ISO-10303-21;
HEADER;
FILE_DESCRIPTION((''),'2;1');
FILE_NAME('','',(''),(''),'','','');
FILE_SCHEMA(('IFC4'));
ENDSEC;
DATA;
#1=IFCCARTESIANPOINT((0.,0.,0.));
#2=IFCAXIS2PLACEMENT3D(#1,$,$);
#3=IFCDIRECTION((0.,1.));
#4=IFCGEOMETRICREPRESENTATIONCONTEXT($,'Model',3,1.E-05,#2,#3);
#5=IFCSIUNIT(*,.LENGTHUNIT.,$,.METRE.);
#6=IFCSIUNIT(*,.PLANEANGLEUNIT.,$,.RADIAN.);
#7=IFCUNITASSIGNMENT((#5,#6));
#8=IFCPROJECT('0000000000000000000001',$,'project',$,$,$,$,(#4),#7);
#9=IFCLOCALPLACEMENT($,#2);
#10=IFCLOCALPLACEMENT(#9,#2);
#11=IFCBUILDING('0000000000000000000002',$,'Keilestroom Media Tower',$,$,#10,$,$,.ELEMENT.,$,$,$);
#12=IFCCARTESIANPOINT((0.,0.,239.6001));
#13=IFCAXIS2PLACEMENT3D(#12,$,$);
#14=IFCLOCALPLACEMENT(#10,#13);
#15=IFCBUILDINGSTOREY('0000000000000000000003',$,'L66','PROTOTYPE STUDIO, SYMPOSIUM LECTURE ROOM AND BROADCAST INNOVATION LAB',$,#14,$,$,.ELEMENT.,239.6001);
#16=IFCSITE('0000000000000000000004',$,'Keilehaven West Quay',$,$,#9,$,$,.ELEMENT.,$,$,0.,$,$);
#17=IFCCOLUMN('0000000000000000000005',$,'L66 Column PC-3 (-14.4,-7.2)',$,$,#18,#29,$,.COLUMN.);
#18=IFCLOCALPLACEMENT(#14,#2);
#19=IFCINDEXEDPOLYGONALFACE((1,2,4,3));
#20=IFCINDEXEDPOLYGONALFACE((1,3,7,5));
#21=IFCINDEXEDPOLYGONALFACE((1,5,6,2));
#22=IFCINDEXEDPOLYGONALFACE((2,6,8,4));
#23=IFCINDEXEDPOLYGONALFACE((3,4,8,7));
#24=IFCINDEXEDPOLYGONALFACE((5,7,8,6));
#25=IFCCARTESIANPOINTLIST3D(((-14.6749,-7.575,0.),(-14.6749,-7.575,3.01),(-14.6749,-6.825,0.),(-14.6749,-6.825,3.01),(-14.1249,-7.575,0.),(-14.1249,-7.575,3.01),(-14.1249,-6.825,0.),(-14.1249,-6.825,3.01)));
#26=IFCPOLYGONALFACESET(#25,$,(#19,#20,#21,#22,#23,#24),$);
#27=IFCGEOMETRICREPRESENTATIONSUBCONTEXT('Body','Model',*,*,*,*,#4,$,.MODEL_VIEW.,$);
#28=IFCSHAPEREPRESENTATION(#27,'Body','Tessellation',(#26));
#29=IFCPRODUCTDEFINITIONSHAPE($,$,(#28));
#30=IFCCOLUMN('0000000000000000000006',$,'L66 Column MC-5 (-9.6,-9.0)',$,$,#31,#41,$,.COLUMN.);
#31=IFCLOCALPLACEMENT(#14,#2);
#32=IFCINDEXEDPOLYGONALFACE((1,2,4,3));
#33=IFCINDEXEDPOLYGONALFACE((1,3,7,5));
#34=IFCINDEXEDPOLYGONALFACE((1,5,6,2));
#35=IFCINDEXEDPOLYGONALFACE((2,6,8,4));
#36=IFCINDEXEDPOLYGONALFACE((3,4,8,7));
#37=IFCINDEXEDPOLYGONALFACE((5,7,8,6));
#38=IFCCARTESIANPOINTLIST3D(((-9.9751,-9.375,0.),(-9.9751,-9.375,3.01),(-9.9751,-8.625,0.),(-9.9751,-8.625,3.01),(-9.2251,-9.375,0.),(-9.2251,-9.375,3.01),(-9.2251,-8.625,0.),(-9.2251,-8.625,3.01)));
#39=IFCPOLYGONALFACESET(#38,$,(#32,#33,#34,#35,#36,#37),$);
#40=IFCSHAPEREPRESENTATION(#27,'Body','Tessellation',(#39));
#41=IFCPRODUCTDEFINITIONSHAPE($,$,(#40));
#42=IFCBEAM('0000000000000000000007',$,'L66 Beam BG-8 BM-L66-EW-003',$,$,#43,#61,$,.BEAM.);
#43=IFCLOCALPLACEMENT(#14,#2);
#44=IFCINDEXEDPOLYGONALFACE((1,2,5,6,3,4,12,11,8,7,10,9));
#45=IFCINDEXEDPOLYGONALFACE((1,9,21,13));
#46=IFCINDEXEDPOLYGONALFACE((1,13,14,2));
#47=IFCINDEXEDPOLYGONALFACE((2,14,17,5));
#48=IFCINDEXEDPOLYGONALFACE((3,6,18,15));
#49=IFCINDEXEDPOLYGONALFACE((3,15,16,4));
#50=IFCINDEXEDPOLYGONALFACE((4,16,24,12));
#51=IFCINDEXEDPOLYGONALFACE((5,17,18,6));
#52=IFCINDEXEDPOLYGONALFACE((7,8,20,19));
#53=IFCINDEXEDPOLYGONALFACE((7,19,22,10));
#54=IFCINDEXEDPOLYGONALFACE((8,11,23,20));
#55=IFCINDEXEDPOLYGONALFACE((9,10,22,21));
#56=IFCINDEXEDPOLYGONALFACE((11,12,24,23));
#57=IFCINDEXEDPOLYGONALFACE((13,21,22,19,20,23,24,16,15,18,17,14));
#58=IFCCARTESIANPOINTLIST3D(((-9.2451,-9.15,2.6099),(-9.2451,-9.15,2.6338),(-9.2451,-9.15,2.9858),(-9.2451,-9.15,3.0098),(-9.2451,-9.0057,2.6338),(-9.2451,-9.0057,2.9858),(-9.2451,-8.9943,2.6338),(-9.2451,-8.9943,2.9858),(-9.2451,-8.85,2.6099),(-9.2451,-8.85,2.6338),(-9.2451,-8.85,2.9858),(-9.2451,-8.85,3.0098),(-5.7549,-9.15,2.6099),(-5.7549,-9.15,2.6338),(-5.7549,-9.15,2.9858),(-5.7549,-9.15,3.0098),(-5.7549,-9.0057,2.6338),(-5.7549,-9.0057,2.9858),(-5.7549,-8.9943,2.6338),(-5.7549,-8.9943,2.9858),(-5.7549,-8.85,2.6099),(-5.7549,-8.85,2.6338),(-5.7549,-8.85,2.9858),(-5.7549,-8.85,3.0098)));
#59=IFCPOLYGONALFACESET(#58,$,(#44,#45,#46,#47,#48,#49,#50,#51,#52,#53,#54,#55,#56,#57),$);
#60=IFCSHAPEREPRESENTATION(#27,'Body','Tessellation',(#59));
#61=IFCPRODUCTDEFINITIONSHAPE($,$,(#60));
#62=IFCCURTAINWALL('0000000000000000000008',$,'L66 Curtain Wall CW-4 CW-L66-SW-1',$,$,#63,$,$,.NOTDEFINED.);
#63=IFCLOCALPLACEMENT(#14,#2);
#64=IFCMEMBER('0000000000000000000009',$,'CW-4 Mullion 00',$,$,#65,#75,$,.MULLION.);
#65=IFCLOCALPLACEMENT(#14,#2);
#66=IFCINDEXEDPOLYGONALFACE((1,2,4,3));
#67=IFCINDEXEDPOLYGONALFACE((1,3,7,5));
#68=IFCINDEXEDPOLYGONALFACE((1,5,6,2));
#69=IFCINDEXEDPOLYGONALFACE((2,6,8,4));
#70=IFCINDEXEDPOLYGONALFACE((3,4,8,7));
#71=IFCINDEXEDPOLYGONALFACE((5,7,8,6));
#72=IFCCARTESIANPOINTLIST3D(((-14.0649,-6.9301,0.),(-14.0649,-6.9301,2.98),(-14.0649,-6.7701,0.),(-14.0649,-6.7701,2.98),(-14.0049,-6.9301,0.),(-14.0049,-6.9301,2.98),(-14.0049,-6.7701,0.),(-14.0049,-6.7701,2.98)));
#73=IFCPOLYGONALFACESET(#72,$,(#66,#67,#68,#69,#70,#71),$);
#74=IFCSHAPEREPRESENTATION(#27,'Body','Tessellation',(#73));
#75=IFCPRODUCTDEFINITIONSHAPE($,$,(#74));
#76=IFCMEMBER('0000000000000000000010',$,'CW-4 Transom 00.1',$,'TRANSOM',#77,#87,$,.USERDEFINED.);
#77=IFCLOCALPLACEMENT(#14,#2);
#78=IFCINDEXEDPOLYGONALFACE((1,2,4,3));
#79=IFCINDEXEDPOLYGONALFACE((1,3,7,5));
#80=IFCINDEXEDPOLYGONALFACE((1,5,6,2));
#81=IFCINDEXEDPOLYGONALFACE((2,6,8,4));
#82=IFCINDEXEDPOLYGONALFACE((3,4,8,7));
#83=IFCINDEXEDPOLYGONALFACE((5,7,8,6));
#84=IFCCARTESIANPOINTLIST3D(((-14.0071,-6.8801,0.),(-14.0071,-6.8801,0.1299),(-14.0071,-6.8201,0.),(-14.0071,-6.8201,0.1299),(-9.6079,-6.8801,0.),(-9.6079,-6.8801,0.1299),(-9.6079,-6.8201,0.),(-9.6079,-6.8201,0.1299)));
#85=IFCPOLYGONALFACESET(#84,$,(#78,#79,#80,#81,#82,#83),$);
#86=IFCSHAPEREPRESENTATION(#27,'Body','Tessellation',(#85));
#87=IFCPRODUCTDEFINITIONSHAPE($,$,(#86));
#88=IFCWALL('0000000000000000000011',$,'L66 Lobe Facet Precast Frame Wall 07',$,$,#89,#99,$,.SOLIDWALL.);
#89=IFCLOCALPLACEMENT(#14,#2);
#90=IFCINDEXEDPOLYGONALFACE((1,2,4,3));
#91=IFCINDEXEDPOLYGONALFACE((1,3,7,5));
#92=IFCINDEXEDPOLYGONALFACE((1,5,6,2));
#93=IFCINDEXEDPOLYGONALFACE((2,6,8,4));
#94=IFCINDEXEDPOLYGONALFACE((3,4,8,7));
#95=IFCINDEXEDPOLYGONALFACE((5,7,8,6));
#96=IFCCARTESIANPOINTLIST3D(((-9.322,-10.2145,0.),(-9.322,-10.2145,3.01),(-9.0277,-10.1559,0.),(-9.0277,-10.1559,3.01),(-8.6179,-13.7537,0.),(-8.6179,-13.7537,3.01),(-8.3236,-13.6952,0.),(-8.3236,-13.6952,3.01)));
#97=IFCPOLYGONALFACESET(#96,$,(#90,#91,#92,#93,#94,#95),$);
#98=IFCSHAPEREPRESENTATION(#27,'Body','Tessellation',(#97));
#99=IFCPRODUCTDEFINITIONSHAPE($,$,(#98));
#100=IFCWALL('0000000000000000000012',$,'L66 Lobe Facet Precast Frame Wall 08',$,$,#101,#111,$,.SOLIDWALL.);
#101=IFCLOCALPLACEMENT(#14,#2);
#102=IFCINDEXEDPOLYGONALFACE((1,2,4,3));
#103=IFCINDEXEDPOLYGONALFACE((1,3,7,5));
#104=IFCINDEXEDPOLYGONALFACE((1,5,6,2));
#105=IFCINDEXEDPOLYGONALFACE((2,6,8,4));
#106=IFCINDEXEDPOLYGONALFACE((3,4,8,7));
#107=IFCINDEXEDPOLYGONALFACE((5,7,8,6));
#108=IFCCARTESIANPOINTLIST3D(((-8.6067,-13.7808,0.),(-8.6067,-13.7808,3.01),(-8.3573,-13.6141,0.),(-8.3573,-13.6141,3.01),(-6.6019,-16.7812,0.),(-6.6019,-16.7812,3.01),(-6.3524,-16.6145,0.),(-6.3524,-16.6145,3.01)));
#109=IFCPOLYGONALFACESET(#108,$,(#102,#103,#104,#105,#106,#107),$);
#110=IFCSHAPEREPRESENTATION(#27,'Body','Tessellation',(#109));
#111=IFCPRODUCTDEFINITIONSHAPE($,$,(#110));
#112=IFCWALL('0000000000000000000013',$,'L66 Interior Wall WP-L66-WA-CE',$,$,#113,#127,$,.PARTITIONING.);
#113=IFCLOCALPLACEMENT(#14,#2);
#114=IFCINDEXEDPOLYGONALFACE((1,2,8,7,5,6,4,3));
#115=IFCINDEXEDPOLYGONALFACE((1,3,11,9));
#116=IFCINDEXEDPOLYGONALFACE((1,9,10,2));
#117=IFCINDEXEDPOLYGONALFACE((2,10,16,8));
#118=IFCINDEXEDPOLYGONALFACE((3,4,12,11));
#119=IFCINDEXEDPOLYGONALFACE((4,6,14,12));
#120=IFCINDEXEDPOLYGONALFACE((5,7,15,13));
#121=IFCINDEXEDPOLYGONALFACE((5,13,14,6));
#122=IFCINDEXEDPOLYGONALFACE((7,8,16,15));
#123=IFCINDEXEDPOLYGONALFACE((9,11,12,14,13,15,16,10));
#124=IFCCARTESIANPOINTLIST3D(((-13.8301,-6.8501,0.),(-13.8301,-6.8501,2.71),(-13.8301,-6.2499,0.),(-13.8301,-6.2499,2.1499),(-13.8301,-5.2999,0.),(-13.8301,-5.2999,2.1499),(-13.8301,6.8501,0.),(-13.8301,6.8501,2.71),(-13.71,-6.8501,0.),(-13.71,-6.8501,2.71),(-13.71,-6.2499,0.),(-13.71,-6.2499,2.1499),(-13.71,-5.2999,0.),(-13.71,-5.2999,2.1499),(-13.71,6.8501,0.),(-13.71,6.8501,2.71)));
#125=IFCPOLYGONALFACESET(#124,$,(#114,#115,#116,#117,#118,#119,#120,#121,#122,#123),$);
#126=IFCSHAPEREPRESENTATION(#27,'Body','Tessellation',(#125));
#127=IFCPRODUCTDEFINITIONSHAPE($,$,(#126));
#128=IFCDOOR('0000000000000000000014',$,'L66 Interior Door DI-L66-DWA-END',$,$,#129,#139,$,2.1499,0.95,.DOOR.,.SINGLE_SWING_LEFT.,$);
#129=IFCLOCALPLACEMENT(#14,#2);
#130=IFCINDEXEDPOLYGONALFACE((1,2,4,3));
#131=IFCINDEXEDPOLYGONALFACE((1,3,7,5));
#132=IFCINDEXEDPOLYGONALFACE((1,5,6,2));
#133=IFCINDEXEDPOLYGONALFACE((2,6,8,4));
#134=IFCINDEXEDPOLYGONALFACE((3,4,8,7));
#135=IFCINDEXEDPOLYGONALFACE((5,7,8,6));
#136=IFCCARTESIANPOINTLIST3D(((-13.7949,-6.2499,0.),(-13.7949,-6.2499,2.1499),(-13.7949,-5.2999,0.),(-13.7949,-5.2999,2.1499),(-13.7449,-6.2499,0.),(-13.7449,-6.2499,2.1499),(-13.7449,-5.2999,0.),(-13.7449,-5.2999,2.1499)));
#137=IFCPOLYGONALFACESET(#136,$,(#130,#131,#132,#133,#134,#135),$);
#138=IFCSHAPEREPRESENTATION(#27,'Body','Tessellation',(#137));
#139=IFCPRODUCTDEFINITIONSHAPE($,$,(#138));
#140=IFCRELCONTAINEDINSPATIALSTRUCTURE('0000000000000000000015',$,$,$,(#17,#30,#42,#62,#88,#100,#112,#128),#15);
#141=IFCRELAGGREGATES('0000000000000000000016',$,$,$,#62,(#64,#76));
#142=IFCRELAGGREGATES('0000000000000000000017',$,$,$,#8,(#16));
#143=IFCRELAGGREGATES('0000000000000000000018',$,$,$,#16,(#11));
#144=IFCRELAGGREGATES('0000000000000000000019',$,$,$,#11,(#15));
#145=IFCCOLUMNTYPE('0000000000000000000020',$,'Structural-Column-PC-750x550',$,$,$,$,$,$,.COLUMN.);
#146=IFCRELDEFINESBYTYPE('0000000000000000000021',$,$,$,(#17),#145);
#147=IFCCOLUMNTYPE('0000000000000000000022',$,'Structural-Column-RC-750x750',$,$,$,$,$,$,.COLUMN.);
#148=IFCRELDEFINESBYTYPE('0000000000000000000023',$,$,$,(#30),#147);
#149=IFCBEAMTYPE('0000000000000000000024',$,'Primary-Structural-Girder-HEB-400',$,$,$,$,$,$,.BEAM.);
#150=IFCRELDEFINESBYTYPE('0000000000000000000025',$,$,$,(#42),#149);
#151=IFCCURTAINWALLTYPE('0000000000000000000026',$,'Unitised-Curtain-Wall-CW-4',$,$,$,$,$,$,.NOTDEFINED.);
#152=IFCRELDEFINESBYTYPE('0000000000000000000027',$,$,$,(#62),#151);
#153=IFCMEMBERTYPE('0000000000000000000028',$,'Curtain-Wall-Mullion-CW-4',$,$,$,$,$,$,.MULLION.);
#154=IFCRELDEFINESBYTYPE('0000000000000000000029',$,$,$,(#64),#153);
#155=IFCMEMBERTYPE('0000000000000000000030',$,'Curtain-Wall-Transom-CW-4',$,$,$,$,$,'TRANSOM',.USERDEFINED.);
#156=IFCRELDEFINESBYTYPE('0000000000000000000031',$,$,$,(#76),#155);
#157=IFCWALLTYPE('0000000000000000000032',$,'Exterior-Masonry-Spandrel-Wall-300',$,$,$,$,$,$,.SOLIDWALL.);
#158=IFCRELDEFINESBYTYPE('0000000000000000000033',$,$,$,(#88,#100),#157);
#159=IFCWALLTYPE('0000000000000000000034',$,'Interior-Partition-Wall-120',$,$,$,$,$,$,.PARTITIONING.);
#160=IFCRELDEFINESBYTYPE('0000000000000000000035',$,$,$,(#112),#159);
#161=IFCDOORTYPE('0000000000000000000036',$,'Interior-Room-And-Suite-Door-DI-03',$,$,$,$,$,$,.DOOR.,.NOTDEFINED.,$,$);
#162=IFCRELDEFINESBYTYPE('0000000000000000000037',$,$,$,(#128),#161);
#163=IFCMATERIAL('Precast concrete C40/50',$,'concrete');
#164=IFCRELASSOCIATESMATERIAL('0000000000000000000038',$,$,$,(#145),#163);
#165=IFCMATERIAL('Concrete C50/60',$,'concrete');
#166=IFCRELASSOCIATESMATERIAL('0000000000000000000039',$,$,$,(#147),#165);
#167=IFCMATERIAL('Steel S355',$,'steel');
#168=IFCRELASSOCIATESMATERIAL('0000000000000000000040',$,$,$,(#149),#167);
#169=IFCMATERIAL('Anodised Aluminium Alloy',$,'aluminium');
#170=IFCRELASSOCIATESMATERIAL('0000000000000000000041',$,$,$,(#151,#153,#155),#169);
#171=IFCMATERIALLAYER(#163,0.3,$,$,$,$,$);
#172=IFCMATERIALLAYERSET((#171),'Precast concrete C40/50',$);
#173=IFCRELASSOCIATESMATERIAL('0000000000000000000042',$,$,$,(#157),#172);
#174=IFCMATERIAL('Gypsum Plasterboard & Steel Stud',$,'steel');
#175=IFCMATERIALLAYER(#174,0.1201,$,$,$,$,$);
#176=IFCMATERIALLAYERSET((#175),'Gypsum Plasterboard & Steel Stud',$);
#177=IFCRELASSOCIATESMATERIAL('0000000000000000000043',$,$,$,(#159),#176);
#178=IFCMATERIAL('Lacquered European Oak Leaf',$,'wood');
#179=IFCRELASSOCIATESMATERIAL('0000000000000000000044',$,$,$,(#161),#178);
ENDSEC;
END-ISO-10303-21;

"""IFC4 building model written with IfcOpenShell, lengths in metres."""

from ifc_helpers import new_model, si_unit, direction, frame, frame_2d, origin, origin_2d, place, context, subcontext, project, spatial, rectangle, i_section, extrude, source, transform, mapped, material, layer, layer_set, material_profile, profile_set, type_object, element, fill, aggregate, save


model = new_model("IFC4")

# Units and contexts
model_context = context("Model", 3, precision=1e-05, world=origin(), true_north=direction((0.0, 1.0)))
body_context = subcontext(model_context, "Body", "Model", "MODEL_VIEW")
ifc_project = project(units=[si_unit("LENGTHUNIT", "METRE"), si_unit("PLANEANGLEUNIT", "RADIAN")], contexts=[model_context])

# Site, building, storey
site_placement = place(None, origin())
site = spatial("IfcSite", under=ifc_project, at=site_placement, Name="Keilehaven West Quay", CompositionType="ELEMENT", RefElevation=0.0)
building_placement = place(site_placement, origin())
building = spatial("IfcBuilding", under=site, at=building_placement, Name="Keilestroom Media Tower", CompositionType="ELEMENT")
storey_placement = place(building_placement, frame((0.0, 0.0, 239.6001)))
storey = spatial("IfcBuildingStorey", under=building, at=storey_placement, Name="L66", Description="PROTOTYPE STUDIO, SYMPOSIUM LECTURE ROOM AND BROADCAST INNOVATION LAB", CompositionType="ELEMENT", Elevation=239.6001)

# Columns
ifc_material_1 = material(Name="Precast concrete C40/50", Category="concrete")
ifc_material_profile_1 = material_profile(ifc_material_1, rectangle(XDim=0.55, YDim=0.75, at=origin_2d()), Name="PC 750x550")
ifc_profile_set_1 = profile_set([ifc_material_profile_1], Name="Precast concrete C40/50")
column_type_1 = type_object("IfcColumnType", Name="Structural-Column-PC-750x550", PredefinedType="COLUMN", material=ifc_profile_set_1)
shared_shape_1 = source(origin(), body_context, "Body", "SweptSolid", [
    extrude(rectangle(XDim=0.55, YDim=0.75, at=origin_2d()), origin(), (0.0, 0.0, 1.0), 3.01),
])
column_1_placement = place(storey_placement, frame((-14.3999, -7.2, 0.0), z_axis=(0.0, 0.0, 1.0), x_axis=(1.0, 0.0, 0.0)))
element("IfcColumn", 1, at=column_1_placement, inside=storey, type_object=column_type_1, Name="L66 Column PC-3 (-14.4,-7.2)", PredefinedType="COLUMN", context=body_context, shape_type="MappedRepresentation", body=[
    mapped(shared_shape_1, transform((0.0, 0.0, 0.0), x_axis=(1.0, 0.0, 0.0), y_axis=(0.0, 1.0, 0.0), z_axis=(0.0, 0.0, 1.0), scale=1.0)),
])
ifc_material_2 = material(Name="Concrete C50/60", Category="concrete")
ifc_material_profile_2 = material_profile(ifc_material_2, rectangle(XDim=0.75, YDim=0.75, at=origin_2d()), Name="RC 750x750")
ifc_profile_set_2 = profile_set([ifc_material_profile_2], Name="Concrete C50/60")
column_type_2 = type_object("IfcColumnType", Name="Structural-Column-RC-750x750", PredefinedType="COLUMN", material=ifc_profile_set_2)
shared_shape_2 = source(origin(), body_context, "Body", "SweptSolid", [
    extrude(rectangle(XDim=0.75, YDim=0.75, at=origin_2d()), origin(), (0.0, 0.0, 1.0), 3.01),
])
column_2_placement = place(storey_placement, frame((-9.6001, -9.0, 0.0), z_axis=(0.0, 0.0, 1.0), x_axis=(1.0, 0.0, 0.0)))
element("IfcColumn", 2, at=column_2_placement, inside=storey, type_object=column_type_2, Name="L66 Column MC-5 (-9.6,-9.0)", PredefinedType="COLUMN", context=body_context, shape_type="MappedRepresentation", body=[
    mapped(shared_shape_2, transform((0.0, 0.0, 0.0), x_axis=(1.0, 0.0, 0.0), y_axis=(0.0, 1.0, 0.0), z_axis=(0.0, 0.0, 1.0), scale=1.0)),
])

# Beam
ifc_material_3 = material(Name="Steel S355", Category="steel")
ifc_material_profile_3 = material_profile(ifc_material_3, i_section(OverallWidth=0.3, OverallDepth=0.3999, WebThickness=0.0115, FlangeThickness=0.0239, at=origin_2d()), Name="HEB 400")
ifc_profile_set_3 = profile_set([ifc_material_profile_3], Name="Steel S355")
beam_type = type_object("IfcBeamType", Name="Primary-Structural-Girder-HEB-400", PredefinedType="BEAM", material=ifc_profile_set_3)
shared_shape_3 = source(origin(), body_context, "Body", "SweptSolid", [
    extrude(i_section(OverallWidth=0.3, OverallDepth=0.3999, WebThickness=0.0115, FlangeThickness=0.0239, at=origin_2d()), origin(), (0.0, 0.0, 1.0), 3.4902),
])
beam_placement = place(storey_placement, frame((-9.2451, -9.0, 2.8098), z_axis=(1.0, 0.0, 0.0), x_axis=(0.0, 1.0, 0.0)))
element("IfcBeam", 3, at=beam_placement, inside=storey, type_object=beam_type, Name="L66 Beam BG-8 BM-L66-EW-003", PredefinedType="BEAM", context=body_context, shape_type="MappedRepresentation", body=[
    mapped(shared_shape_3, transform((0.0, 0.0, 0.0), x_axis=(1.0, 0.0, 0.0), y_axis=(0.0, 1.0, 0.0), z_axis=(0.0, 0.0, 1.0), scale=1.0)),
])

# Curtain wall, members
ifc_material_4 = material(Name="Anodised Aluminium Alloy", Category="aluminium")
curtain_wall_type = type_object("IfcCurtainWallType", Name="Unitised-Curtain-Wall-CW-4", PredefinedType="NOTDEFINED", material=ifc_material_4)
curtain_wall_placement = place(storey_placement, origin())
curtain_wall = element("IfcCurtainWall", 4, at=curtain_wall_placement, inside=storey, type_object=curtain_wall_type, Name="L66 Curtain Wall CW-4 CW-L66-SW-1", PredefinedType="NOTDEFINED")
ifc_material_profile_4 = material_profile(ifc_material_4, rectangle(XDim=0.0601, YDim=0.1599, at=origin_2d()), Name="ALU MULLION 60x160")
ifc_profile_set_4 = profile_set([ifc_material_profile_4], Name="Anodised Aluminium Alloy")
member_type_1 = type_object("IfcMemberType", Name="Curtain-Wall-Mullion-CW-4", PredefinedType="MULLION", material=ifc_profile_set_4)
shared_shape_4 = source(origin(), body_context, "Body", "SweptSolid", [
    extrude(rectangle(XDim=0.0601, YDim=0.1599, at=origin_2d()), origin(), (0.0, 0.0, 1.0), 2.98),
])
member_1_placement = place(storey_placement, frame((-14.0349, -6.8501, 0.0), z_axis=(0.0, 0.0, 1.0), x_axis=(1.0, 0.0, 0.0)))
member_1 = element("IfcMember", 5, at=member_1_placement, type_object=member_type_1, Name="CW-4 Mullion 00", PredefinedType="MULLION", context=body_context, shape_type="MappedRepresentation", body=[
    mapped(shared_shape_4, transform((0.0, 0.0, 0.0), x_axis=(1.0, 0.0, 0.0), y_axis=(0.0, 1.0, 0.0), z_axis=(0.0, 0.0, 1.0), scale=1.0)),
])
ifc_material_profile_5 = material_profile(ifc_material_4, rectangle(XDim=0.0601, YDim=0.1299, at=origin_2d()), Name="ALU TRANSOM 60x130")
ifc_profile_set_5 = profile_set([ifc_material_profile_5], Name="Anodised Aluminium Alloy")
member_type_2 = type_object("IfcMemberType", Name="Curtain-Wall-Transom-CW-4", ElementType="TRANSOM", PredefinedType="USERDEFINED", material=ifc_profile_set_5)
shared_shape_5 = source(origin(), body_context, "Body", "SweptSolid", [
    extrude(rectangle(XDim=0.0601, YDim=0.1299, at=origin_2d()), origin(), (0.0, 0.0, 1.0), 4.3992),
])
member_2_placement = place(storey_placement, frame((-14.0071, -6.8501, 0.0649), z_axis=(1.0, 0.0, 0.0), x_axis=(0.0, 1.0, 0.0)))
member_2 = element("IfcMember", 6, at=member_2_placement, type_object=member_type_2, Name="CW-4 Transom 00.1", ObjectType="TRANSOM", PredefinedType="USERDEFINED", context=body_context, shape_type="MappedRepresentation", body=[
    mapped(shared_shape_5, transform((0.0, 0.0, 0.0), x_axis=(1.0, 0.0, 0.0), y_axis=(0.0, 1.0, 0.0), z_axis=(0.0, 0.0, 1.0), scale=1.0)),
])
aggregate(curtain_wall, [member_1, member_2])

# Walls
ifc_layer_1 = layer(ifc_material_1, 0.3)
ifc_layer_set_1 = layer_set([ifc_layer_1], Name="Precast concrete C40/50")
wall_type_1 = type_object("IfcWallType", Name="Exterior-Masonry-Spandrel-Wall-300", PredefinedType="SOLIDWALL", material=ifc_layer_set_1)
for number, where, z_axis, x_axis, name in (
    (7, (-9.1748, -10.1853, 0.0), (0.0, 0.0, 1.0), (0.195114, -0.980781, 0.0), "L66 Lobe Facet Precast Frame Wall 07"),
    (8, (-8.4819, -13.6975, 0.0), (0.0, 0.0, 1.0), (0.555574, -0.831467, 0.0), "L66 Lobe Facet Precast Frame Wall 08"),
):
    element("IfcWall", number, at=place(storey_placement, frame(where, z_axis=z_axis, x_axis=x_axis)), inside=storey, type_object=wall_type_1, Name=name, PredefinedType="SOLIDWALL", context=body_context, shape_type="SweptSolid", body=[
        extrude(rectangle(XDim=3.6086, YDim=0.3, at=frame_2d((1.8042, 0.0))), origin(), (0.0, 0.0, 1.0), 3.01),
    ])

# Wall, opening, door
ifc_material_5 = material(Name="Gypsum Plasterboard & Steel Stud", Category="steel")
ifc_layer_2 = layer(ifc_material_5, 0.1201)
ifc_layer_set_2 = layer_set([ifc_layer_2], Name="Gypsum Plasterboard & Steel Stud")
wall_type_2 = type_object("IfcWallType", Name="Interior-Partition-Wall-120", PredefinedType="PARTITIONING", material=ifc_layer_set_2)
wall_1_placement = place(storey_placement, frame((-13.77, -6.8501, 0.0), z_axis=(0.0, 0.0, 1.0), x_axis=(0.0, 1.0, 0.0)))
wall_1 = element("IfcWall", 9, at=wall_1_placement, inside=storey, type_object=wall_type_2, Name="L66 Interior Wall WP-L66-WA-CE", PredefinedType="PARTITIONING", context=body_context, shape_type="SweptSolid", body=[
    extrude(rectangle(XDim=13.7002, YDim=0.1201, at=frame_2d((6.8501, 0.0))), origin(), (0.0, 0.0, 1.0), 2.71),
])
opening_1_placement = place(wall_1_placement, frame((0.6001, 0.0, 0.0)))
opening_1 = element("IfcOpeningElement", 10, at=opening_1_placement, cuts=wall_1, PredefinedType="OPENING", context=body_context, shape_type="SweptSolid", body=[
    extrude(rectangle(XDim=0.95, YDim=2.1499, at=frame_2d((0.4751, 1.075))), frame((0.0, 0.0701, 0.0), z_axis=(0.0, -1.0, 0.0), x_axis=(1.0, 0.0, 0.0)), (0.0, 0.0, 1.0), 0.1401),
])
ifc_material_6 = material(Name="Lacquered European Oak Leaf", Category="wood")
door_type_1 = type_object("IfcDoorType", Name="Interior-Room-And-Suite-Door-DI-03", OperationType="NOTDEFINED", PredefinedType="DOOR", material=ifc_material_6)
shared_shape_6 = source(origin(), body_context, "Body", "SweptSolid", [
    extrude(rectangle(XDim=0.95, YDim=2.1499, at=frame_2d((0.4751, 1.075))), frame((0.0, 0.0249, 0.0), z_axis=(0.0, -1.0, 0.0), x_axis=(1.0, 0.0, 0.0)), (0.0, 0.0, 1.0), 0.05),
])
door_1_placement = place(opening_1_placement, origin())
door_1 = element("IfcDoor", 11, at=door_1_placement, inside=storey, type_object=door_type_1, Name="L66 Interior Door DI-L66-DWA-END", OperationType="SINGLE_SWING_LEFT", OverallHeight=2.1499, OverallWidth=0.95, PredefinedType="DOOR", context=body_context, shape_type="MappedRepresentation", body=[
    mapped(shared_shape_6, transform((0.0, 0.0, 0.0), x_axis=(1.0, 0.0, 0.0), y_axis=(0.0, 1.0, 0.0), z_axis=(0.0, 0.0, 1.0), scale=1.0)),
])
fill(opening_1, door_1)

save(model, "model.ifc")
